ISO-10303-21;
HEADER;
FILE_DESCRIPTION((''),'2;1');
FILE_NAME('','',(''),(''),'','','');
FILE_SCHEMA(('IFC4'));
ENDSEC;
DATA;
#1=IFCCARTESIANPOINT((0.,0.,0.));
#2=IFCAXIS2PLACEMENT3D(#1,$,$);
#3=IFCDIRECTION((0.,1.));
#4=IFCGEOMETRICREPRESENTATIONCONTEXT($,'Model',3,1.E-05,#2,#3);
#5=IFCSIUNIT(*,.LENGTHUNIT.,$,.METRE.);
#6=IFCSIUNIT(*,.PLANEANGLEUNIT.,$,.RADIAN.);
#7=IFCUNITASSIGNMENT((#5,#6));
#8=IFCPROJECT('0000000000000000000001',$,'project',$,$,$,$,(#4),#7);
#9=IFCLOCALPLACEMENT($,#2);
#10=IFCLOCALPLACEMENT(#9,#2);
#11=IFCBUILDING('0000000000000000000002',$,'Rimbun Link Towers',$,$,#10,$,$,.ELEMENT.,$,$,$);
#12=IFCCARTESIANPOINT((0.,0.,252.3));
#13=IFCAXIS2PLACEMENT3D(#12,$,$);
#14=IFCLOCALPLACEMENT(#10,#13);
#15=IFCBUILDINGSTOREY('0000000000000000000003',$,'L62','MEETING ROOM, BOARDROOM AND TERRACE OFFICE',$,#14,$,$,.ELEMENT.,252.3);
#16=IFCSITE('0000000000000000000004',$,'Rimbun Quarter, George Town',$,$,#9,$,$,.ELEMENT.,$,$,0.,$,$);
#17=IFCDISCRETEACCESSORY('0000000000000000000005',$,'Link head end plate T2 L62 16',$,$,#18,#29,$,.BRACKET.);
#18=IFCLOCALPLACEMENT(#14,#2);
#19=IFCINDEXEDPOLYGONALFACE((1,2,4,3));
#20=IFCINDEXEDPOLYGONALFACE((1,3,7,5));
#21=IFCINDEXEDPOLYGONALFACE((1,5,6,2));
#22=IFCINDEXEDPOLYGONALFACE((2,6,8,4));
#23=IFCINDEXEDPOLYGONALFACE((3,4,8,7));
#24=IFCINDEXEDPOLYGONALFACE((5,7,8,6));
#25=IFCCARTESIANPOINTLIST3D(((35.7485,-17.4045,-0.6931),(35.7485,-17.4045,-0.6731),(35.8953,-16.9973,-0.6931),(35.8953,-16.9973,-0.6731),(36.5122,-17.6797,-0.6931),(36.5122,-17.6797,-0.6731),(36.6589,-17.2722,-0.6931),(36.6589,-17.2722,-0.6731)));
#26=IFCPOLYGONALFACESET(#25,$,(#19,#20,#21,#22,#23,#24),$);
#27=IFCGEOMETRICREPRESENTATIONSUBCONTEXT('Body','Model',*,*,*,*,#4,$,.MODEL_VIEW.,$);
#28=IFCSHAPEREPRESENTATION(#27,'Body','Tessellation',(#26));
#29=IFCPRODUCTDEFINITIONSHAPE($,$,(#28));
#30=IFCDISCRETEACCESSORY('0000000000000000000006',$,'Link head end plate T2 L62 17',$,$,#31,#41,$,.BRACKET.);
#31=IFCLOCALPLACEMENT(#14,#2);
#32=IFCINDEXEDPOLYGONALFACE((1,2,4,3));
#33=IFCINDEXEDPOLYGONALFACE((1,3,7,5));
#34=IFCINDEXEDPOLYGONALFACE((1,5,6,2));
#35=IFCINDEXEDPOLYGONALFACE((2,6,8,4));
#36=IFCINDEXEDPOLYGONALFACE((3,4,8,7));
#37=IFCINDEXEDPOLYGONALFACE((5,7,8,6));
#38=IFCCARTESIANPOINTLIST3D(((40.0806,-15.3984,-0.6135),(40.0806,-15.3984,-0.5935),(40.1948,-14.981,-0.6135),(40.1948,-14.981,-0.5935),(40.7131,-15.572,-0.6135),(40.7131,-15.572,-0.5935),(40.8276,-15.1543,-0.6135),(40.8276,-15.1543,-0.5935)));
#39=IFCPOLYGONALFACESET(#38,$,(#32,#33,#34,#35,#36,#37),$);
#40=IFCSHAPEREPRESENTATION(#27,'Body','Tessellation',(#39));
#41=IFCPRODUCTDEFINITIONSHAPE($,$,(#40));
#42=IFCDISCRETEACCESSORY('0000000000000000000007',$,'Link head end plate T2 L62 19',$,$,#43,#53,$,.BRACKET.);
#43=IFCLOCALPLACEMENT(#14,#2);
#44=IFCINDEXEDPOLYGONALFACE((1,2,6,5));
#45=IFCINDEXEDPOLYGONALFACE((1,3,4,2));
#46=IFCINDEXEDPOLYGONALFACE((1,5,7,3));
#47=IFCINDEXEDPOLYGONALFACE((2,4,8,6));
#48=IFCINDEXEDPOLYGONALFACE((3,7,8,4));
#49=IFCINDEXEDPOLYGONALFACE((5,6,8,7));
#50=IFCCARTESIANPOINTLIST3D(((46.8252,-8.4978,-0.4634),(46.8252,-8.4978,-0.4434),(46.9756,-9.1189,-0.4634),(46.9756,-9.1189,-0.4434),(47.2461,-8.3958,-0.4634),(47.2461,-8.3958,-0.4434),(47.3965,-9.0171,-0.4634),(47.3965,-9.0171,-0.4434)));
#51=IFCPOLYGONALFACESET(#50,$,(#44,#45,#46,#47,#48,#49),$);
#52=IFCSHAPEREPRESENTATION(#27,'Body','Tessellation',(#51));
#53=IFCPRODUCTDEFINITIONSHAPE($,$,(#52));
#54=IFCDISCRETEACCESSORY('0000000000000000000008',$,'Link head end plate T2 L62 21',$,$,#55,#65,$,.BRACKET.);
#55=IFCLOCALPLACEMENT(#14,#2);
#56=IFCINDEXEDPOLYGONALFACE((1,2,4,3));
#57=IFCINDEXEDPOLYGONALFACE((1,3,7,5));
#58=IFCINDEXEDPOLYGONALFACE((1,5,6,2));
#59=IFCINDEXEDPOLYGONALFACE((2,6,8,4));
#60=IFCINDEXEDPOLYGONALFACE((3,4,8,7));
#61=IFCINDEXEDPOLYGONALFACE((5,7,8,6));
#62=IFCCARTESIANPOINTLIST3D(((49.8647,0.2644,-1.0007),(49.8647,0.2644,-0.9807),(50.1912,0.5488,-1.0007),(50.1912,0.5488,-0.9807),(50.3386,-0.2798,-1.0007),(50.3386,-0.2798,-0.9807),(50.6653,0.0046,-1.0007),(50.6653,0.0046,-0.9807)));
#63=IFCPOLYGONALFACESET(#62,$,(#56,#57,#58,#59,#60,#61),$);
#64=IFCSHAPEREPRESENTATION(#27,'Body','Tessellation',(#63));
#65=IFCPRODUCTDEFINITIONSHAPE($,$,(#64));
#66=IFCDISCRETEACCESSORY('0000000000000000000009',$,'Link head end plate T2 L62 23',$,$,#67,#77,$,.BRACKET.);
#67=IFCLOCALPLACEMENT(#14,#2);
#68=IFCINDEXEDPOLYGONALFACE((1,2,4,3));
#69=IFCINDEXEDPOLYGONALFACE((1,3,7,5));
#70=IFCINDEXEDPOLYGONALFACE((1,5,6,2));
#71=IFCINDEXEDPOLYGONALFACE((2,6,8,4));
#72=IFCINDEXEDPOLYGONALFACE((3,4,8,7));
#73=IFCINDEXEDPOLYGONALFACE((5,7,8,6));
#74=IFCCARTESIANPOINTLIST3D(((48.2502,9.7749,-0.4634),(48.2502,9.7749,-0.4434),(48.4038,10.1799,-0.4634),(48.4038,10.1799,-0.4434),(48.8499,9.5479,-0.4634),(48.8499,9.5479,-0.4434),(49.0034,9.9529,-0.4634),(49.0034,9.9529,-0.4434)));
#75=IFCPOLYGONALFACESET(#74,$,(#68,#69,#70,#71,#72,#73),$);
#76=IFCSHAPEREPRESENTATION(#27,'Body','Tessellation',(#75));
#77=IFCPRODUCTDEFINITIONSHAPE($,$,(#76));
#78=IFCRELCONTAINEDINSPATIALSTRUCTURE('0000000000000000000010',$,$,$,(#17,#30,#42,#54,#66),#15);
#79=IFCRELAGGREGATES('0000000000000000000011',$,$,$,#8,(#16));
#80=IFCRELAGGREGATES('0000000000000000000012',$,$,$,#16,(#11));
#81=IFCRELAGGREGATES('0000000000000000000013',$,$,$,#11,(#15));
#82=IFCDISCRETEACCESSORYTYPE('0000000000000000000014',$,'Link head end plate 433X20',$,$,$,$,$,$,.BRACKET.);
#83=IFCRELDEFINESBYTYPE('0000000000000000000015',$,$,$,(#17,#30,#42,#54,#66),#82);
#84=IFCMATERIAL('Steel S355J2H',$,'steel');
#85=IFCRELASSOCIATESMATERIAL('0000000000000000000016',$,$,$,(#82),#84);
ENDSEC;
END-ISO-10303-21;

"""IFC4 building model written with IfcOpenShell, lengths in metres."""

from ifc_helpers import new_model, si_unit, direction, frame, origin, origin_2d, place, context, subcontext, project, spatial, polyline, rectangle, outline, extrude, material, material_profile, profile_set, type_object, element, save


model = new_model("IFC4")

# Units and contexts
model_context = context("Model", 3, precision=1e-05, world=origin(), true_north=direction((0.0, 1.0)))
body_context = subcontext(model_context, "Body", "Model", "MODEL_VIEW")
ifc_project = project(units=[si_unit("LENGTHUNIT", "METRE"), si_unit("PLANEANGLEUNIT", "RADIAN")], contexts=[model_context])

# Site, building, storey
site_placement = place(None, origin())
site = spatial("IfcSite", under=ifc_project, at=site_placement, Name="Rimbun Quarter, George Town", CompositionType="ELEMENT", RefElevation=0.0)
building_placement = place(site_placement, origin())
building = spatial("IfcBuilding", under=site, at=building_placement, Name="Rimbun Link Towers", CompositionType="ELEMENT")
storey_placement = place(building_placement, frame((0.0, 0.0, 252.3)))
storey = spatial("IfcBuildingStorey", under=building, at=storey_placement, Name="L62", Description="MEETING ROOM, BOARDROOM AND TERRACE OFFICE", CompositionType="ELEMENT", Elevation=252.3)

# Discrete accessories
ifc_material_1 = material(Name="Steel S355J2H", Category="steel")
ifc_material_profile_1 = material_profile(ifc_material_1, rectangle(XDim=0.4331, YDim=0.4331, at=origin_2d()), Name="PL 433x433")
ifc_profile_set_1 = profile_set([ifc_material_profile_1], Name="Steel S355J2H")
discrete_accessory_type_1 = type_object("IfcDiscreteAccessoryType", Name="Link head end plate 433X20", PredefinedType="BRACKET", material=ifc_profile_set_1)
discrete_accessory_1_placement = place(storey_placement, frame((0.0, 0.0, -0.6931)))
element("IfcDiscreteAccessory", 1, at=discrete_accessory_1_placement, inside=storey, type_object=discrete_accessory_type_1, Name="Link head end plate T2 L62 16", PredefinedType="BRACKET", context=body_context, shape_type="SweptSolid", body=[
    extrude(outline(polyline([(35.7485, -17.4045), (36.5122, -17.6797), (36.6589, -17.2722), (35.8953, -16.9973), (35.7485, -17.4045)])), origin(), (0.0, 0.0, 1.0), 0.02),
])
discrete_accessory_2_placement = place(storey_placement, frame((0.0, 0.0, -0.6135)))
element("IfcDiscreteAccessory", 2, at=discrete_accessory_2_placement, inside=storey, type_object=discrete_accessory_type_1, Name="Link head end plate T2 L62 17", PredefinedType="BRACKET", context=body_context, shape_type="SweptSolid", body=[
    extrude(outline(polyline([(40.0806, -15.3984), (40.7131, -15.572), (40.8276, -15.1543), (40.1948, -14.981), (40.0806, -15.3984)])), origin(), (0.0, 0.0, 1.0), 0.02),
])
discrete_accessory_3_placement = place(storey_placement, frame((0.0, 0.0, -0.4634)))
element("IfcDiscreteAccessory", 3, at=discrete_accessory_3_placement, inside=storey, type_object=discrete_accessory_type_1, Name="Link head end plate T2 L62 19", PredefinedType="BRACKET", context=body_context, shape_type="SweptSolid", body=[
    extrude(outline(polyline([(46.8252, -8.4978), (46.9756, -9.1189), (47.3965, -9.0171), (47.2461, -8.3958), (46.8252, -8.4978)])), origin(), (0.0, 0.0, 1.0), 0.02),
])
discrete_accessory_4_placement = place(storey_placement, frame((0.0, 0.0, -1.0007)))
element("IfcDiscreteAccessory", 4, at=discrete_accessory_4_placement, inside=storey, type_object=discrete_accessory_type_1, Name="Link head end plate T2 L62 21", PredefinedType="BRACKET", context=body_context, shape_type="SweptSolid", body=[
    extrude(outline(polyline([(49.8647, 0.2644), (50.3386, -0.2798), (50.6653, 0.0046), (50.1912, 0.5488), (49.8647, 0.2644)])), origin(), (0.0, 0.0, 1.0), 0.02),
])
discrete_accessory_5_placement = place(storey_placement, frame((0.0, 0.0, -0.4634)))
element("IfcDiscreteAccessory", 5, at=discrete_accessory_5_placement, inside=storey, type_object=discrete_accessory_type_1, Name="Link head end plate T2 L62 23", PredefinedType="BRACKET", context=body_context, shape_type="SweptSolid", body=[
    extrude(outline(polyline([(48.2502, 9.7749), (48.8499, 9.5479), (49.0034, 9.9529), (48.4038, 10.1799), (48.2502, 9.7749)])), origin(), (0.0, 0.0, 1.0), 0.02),
])

save(model, "model.ifc")
